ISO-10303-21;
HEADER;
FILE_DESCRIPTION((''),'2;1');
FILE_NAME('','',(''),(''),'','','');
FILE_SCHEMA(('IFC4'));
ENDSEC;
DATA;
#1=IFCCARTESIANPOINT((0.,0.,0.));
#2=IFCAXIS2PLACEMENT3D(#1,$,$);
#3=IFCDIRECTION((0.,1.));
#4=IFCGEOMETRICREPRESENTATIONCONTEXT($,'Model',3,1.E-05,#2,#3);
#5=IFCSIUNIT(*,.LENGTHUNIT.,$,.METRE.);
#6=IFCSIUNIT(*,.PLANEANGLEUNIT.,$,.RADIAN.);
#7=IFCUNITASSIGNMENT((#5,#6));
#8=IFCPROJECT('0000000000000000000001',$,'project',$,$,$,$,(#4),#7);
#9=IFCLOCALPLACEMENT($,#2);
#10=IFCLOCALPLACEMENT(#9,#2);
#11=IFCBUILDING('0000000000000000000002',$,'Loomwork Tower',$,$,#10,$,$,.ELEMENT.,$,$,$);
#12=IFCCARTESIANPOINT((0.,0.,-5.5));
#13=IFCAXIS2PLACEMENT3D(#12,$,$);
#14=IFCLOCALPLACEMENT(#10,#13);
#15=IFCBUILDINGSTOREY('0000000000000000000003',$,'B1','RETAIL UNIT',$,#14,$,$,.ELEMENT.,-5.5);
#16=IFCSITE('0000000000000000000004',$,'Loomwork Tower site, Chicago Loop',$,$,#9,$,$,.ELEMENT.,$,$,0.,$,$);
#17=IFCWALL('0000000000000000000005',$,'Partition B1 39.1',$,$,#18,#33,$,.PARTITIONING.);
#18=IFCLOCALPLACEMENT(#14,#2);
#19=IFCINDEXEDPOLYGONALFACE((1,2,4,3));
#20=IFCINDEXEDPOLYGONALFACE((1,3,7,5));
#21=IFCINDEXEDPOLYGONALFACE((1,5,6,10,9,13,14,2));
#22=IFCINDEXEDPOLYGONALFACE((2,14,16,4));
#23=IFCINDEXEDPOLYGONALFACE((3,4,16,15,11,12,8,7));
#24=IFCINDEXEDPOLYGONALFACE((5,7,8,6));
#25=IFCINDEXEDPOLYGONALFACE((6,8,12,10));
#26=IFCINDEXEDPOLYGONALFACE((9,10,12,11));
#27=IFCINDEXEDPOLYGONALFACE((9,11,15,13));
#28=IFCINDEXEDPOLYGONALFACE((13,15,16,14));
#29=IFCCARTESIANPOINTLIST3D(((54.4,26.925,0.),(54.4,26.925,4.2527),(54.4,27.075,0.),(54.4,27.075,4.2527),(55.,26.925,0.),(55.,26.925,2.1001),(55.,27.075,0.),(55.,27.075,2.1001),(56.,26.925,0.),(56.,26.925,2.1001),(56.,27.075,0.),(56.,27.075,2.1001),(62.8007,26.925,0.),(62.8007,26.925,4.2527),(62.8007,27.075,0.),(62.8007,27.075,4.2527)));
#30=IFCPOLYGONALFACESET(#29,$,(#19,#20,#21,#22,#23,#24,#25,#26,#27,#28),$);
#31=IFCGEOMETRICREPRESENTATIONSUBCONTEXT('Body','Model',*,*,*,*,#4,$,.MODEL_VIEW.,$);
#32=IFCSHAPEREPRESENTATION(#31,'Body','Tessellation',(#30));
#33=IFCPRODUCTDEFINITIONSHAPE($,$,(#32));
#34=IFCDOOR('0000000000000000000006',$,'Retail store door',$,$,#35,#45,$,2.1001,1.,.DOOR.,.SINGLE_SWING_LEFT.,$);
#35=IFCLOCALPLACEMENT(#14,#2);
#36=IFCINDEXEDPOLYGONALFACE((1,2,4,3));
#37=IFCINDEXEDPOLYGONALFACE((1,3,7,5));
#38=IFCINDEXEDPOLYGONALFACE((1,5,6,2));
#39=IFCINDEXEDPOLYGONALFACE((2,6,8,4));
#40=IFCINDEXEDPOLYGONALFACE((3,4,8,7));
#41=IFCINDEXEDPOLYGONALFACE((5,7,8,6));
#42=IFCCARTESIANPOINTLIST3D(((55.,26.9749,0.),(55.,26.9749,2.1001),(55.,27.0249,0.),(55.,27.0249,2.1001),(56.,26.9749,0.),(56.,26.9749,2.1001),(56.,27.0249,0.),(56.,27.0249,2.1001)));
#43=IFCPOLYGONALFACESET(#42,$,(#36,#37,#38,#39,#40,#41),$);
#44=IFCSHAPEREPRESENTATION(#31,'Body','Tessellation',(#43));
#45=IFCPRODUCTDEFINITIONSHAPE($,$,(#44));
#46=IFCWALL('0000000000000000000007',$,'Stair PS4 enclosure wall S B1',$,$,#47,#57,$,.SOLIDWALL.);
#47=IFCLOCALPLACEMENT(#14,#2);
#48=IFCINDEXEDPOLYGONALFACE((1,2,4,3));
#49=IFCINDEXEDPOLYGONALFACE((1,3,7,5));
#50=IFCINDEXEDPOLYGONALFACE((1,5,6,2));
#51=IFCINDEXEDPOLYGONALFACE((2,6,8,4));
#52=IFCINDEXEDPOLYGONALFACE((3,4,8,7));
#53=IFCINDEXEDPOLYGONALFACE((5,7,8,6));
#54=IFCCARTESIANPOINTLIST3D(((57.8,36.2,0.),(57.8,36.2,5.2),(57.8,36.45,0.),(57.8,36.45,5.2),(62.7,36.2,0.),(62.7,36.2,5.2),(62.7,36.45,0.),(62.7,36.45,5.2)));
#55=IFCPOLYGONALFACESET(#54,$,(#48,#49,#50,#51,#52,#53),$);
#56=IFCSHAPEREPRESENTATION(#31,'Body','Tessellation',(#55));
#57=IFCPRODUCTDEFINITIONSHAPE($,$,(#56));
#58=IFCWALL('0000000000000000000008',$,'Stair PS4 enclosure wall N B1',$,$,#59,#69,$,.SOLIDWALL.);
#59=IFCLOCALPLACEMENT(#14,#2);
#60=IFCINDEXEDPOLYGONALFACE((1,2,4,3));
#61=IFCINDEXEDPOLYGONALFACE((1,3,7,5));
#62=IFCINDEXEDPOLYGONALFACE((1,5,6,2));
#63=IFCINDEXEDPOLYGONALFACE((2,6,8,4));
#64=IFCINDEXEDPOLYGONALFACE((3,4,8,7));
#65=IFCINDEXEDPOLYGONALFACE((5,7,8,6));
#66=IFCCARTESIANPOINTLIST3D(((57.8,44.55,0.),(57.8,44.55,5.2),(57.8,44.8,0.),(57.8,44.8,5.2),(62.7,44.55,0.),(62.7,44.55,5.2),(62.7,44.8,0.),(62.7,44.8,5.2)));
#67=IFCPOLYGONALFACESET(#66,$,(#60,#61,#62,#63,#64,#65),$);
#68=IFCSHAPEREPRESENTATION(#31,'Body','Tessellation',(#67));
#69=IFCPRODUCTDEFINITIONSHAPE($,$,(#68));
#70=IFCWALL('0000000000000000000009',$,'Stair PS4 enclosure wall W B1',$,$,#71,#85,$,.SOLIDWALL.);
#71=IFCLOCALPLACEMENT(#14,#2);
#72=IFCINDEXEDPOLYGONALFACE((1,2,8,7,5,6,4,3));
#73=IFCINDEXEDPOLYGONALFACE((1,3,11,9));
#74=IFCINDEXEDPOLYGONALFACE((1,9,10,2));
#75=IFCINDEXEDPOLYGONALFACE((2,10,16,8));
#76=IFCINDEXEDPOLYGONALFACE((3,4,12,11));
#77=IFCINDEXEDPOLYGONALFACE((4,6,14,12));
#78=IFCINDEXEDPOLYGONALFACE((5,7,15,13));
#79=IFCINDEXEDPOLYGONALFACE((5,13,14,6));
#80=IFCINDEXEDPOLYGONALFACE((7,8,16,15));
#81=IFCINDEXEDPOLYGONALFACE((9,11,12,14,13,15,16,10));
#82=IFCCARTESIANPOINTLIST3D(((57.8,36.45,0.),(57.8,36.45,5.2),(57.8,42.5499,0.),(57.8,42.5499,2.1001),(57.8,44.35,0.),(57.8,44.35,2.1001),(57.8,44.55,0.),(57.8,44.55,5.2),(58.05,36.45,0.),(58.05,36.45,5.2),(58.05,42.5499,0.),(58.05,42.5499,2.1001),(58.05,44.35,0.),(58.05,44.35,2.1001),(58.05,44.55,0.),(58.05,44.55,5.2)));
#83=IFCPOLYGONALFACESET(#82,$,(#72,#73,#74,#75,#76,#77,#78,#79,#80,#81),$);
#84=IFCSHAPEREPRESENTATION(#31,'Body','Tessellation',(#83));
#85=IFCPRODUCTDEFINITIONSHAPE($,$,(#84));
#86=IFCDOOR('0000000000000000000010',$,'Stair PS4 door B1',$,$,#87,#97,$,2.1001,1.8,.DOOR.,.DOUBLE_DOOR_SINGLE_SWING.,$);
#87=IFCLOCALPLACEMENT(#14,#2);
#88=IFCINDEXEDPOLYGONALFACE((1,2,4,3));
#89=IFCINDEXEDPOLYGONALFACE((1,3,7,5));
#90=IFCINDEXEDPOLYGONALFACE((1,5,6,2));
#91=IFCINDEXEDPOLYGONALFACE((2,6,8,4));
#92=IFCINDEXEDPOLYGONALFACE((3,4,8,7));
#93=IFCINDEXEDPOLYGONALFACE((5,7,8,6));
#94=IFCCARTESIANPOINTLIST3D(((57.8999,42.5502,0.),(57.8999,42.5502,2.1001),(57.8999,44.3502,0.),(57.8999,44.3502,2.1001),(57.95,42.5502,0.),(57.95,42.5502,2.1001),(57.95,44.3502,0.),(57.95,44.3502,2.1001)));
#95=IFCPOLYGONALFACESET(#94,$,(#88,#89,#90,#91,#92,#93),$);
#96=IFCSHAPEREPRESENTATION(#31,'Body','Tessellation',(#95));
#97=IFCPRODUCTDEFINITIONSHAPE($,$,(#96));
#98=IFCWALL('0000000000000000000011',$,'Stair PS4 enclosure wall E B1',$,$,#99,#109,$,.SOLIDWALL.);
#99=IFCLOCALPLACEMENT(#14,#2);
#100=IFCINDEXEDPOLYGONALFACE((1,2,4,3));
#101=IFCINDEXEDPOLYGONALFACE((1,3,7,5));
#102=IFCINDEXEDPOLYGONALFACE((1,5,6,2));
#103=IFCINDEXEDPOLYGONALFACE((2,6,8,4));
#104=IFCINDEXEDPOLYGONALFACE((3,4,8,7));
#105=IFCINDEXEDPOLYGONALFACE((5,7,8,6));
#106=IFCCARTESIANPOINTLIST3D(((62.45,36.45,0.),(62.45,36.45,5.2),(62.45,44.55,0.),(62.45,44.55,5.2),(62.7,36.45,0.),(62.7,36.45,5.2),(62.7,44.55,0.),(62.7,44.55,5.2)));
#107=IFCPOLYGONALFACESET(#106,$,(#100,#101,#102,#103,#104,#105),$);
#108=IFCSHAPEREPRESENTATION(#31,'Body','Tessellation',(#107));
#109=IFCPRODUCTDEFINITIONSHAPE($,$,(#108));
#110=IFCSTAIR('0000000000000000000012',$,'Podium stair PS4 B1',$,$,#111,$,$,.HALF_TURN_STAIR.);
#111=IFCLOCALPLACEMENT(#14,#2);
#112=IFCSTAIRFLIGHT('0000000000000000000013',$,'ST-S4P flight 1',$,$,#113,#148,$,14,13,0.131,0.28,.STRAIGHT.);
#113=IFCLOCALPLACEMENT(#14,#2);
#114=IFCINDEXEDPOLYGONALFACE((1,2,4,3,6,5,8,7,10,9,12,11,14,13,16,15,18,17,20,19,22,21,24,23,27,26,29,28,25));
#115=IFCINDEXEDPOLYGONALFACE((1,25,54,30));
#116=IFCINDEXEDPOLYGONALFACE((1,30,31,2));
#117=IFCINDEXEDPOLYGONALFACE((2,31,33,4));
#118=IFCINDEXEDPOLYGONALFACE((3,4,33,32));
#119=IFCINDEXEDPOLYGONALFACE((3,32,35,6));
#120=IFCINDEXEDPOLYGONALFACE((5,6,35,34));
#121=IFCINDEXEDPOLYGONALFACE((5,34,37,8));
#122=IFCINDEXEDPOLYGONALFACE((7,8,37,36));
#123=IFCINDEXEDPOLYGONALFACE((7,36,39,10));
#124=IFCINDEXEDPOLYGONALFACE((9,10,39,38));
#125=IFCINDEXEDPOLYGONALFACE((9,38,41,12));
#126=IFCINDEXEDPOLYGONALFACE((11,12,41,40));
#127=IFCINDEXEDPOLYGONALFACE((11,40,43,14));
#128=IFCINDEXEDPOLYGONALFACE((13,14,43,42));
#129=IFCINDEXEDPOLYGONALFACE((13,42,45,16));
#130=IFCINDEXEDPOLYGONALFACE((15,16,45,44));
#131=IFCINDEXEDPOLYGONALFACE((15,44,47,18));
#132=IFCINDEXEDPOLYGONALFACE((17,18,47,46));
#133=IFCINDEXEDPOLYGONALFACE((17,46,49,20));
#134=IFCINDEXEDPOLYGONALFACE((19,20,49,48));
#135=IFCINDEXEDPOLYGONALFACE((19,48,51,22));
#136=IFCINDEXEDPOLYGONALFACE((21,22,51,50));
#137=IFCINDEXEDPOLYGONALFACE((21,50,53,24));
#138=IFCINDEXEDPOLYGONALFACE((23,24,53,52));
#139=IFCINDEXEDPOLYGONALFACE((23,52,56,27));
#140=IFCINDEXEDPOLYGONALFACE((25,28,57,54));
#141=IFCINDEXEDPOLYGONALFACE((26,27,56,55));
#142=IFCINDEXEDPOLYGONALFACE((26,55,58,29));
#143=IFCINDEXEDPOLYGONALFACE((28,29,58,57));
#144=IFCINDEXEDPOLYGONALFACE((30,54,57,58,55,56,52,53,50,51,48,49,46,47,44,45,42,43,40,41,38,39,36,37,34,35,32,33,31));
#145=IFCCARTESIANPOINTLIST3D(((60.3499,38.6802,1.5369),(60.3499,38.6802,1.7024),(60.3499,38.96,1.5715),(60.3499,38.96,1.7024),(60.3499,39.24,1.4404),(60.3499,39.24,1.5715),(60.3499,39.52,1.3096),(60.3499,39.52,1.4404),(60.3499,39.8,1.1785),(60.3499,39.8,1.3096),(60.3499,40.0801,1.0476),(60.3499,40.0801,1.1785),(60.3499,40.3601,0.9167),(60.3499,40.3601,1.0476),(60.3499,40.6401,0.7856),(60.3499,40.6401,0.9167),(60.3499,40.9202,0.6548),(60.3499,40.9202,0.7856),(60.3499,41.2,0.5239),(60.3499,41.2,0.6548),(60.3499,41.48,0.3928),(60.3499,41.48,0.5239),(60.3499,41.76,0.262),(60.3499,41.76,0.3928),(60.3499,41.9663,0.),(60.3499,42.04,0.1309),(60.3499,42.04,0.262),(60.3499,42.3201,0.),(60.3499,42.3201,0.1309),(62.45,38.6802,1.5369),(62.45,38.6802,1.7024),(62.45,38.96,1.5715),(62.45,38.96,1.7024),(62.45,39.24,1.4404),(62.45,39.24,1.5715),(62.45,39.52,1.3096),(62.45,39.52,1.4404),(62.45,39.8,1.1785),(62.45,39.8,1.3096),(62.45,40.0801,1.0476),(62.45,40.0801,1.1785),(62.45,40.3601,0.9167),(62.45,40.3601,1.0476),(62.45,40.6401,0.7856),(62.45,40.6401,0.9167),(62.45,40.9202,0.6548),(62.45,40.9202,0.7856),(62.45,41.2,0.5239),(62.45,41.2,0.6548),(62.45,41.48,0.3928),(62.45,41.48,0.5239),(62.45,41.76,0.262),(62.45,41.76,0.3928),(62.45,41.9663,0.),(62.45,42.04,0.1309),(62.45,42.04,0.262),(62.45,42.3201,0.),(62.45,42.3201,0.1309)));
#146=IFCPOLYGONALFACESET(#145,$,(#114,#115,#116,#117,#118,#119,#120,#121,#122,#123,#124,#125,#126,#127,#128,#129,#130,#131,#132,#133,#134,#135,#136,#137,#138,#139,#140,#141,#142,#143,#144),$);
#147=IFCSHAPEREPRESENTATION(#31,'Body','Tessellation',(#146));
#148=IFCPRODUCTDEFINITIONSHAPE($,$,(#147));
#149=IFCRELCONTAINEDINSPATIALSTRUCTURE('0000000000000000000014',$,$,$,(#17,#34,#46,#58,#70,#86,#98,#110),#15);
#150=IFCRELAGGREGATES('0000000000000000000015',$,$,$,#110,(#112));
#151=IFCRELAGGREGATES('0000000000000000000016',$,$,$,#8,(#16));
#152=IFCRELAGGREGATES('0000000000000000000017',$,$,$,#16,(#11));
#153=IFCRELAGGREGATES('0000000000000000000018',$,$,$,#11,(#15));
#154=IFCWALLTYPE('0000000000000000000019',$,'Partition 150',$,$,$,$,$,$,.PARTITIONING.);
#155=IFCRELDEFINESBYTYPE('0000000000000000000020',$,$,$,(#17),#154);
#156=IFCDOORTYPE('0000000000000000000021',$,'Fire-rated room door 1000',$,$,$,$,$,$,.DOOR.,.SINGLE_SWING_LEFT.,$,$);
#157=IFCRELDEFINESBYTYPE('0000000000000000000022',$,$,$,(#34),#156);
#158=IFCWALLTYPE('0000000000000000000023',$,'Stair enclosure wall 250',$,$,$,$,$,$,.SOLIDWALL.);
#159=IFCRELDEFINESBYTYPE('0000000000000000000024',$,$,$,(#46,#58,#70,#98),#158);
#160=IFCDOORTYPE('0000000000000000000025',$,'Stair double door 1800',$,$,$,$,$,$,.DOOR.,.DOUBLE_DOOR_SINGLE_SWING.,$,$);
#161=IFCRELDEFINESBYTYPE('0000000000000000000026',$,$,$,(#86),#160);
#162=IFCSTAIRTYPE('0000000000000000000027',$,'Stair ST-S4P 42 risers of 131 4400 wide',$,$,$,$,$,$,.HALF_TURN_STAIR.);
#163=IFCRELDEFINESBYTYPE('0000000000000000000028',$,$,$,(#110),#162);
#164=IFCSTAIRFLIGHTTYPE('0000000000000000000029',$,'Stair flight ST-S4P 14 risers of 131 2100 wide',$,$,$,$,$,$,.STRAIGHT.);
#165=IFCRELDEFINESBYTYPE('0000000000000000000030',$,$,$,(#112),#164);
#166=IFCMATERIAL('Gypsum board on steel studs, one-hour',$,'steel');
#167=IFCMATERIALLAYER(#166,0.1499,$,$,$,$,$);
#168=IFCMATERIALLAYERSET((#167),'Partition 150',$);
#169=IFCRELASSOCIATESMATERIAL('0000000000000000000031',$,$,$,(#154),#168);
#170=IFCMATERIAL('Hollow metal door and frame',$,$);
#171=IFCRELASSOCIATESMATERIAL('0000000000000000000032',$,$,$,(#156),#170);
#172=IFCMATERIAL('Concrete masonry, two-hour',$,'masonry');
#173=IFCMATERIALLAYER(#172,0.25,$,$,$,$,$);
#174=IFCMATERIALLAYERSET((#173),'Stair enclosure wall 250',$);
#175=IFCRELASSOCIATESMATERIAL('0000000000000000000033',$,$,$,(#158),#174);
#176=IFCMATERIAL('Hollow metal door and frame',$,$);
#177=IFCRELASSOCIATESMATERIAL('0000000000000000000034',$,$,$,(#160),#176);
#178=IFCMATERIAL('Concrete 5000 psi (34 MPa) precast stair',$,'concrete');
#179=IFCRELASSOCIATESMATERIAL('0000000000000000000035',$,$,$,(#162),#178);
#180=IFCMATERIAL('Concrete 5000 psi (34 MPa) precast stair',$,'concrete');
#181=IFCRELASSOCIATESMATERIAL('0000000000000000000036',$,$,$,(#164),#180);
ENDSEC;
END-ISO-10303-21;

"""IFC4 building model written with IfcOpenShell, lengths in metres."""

from ifc_helpers import new_model, si_unit, direction, frame, frame_2d, origin, place, context, subcontext, project, spatial, polyline, rectangle, outline, extrude, material, layer, layer_set, type_object, element, fill, aggregate, save


model = new_model("IFC4")

# Units and contexts
model_context = context("Model", 3, precision=1e-05, world=origin(), true_north=direction((0.0, 1.0)))
body_context = subcontext(model_context, "Body", "Model", "MODEL_VIEW")
ifc_project = project(units=[si_unit("LENGTHUNIT", "METRE"), si_unit("PLANEANGLEUNIT", "RADIAN")], contexts=[model_context])

# Site, building, storey
site_placement = place(None, origin())
site = spatial("IfcSite", under=ifc_project, at=site_placement, Name="Loomwork Tower site, Chicago Loop", CompositionType="ELEMENT", RefElevation=0.0)
building_placement = place(site_placement, origin())
building = spatial("IfcBuilding", under=site, at=building_placement, Name="Loomwork Tower", CompositionType="ELEMENT")
storey_placement = place(building_placement, frame((0.0, 0.0, -5.5)))
storey = spatial("IfcBuildingStorey", under=building, at=storey_placement, Name="B1", Description="RETAIL UNIT", CompositionType="ELEMENT", Elevation=-5.5)

# Wall, opening, door
ifc_material_1 = material(Name="Gypsum board on steel studs, one-hour", Category="steel")
ifc_layer_1 = layer(ifc_material_1, 0.1499)
ifc_layer_set_1 = layer_set([ifc_layer_1], Name="Partition 150")
wall_type_1 = type_object("IfcWallType", Name="Partition 150", PredefinedType="PARTITIONING", material=ifc_layer_set_1)
wall_1_placement = place(storey_placement, frame((62.8005, 27.0, 0.0), z_axis=(0.0, 0.0, 1.0), x_axis=(-1.0, 0.0, 0.0)))
wall_1 = element("IfcWall", 1, at=wall_1_placement, inside=storey, type_object=wall_type_1, Name="Partition B1 39.1", PredefinedType="PARTITIONING", context=body_context, shape_type="SweptSolid", body=[
    extrude(rectangle(XDim=8.4006, YDim=0.1499, at=frame_2d((4.2002, 0.0))), origin(), (0.0, 0.0, 1.0), 4.2527),
])
opening_1_placement = place(wall_1_placement, frame((6.8005, 0.0, 0.0)))
opening_1 = element("IfcOpeningElement", 2, at=opening_1_placement, cuts=wall_1, PredefinedType="OPENING", context=body_context, shape_type="SweptSolid", body=[
    extrude(rectangle(XDim=1.0, YDim=2.1001, at=frame_2d((0.5, 1.05))), frame((0.0, 0.085, 0.0), z_axis=(0.0, -1.0, 0.0), x_axis=(1.0, 0.0, 0.0)), (0.0, 0.0, 1.0), 0.1699),
])
ifc_material_2 = material(Name="Hollow metal door and frame")
door_type_1 = type_object("IfcDoorType", Name="Fire-rated room door 1000", OperationType="SINGLE_SWING_LEFT", PredefinedType="DOOR", material=ifc_material_2)
door_1_placement = place(opening_1_placement, frame((1.0, 0.0, 0.0), z_axis=(0.0, 0.0, 1.0), x_axis=(-1.0, 0.0, 0.0)))
door_1 = element("IfcDoor", 3, at=door_1_placement, inside=storey, type_object=door_type_1, Name="Retail store door", OperationType="SINGLE_SWING_LEFT", OverallHeight=2.1001, OverallWidth=1.0, PredefinedType="DOOR", context=body_context, shape_type="SweptSolid", body=[
    extrude(rectangle(XDim=1.0, YDim=2.1001, at=frame_2d((0.5, 1.05))), frame((0.0, 0.0249, 0.0), z_axis=(0.0, -1.0, 0.0), x_axis=(1.0, 0.0, 0.0)), (0.0, 0.0, 1.0), 0.05),
])
fill(opening_1, door_1)

# Walls
ifc_material_3 = material(Name="Concrete masonry, two-hour", Category="masonry")
ifc_layer_2 = layer(ifc_material_3, 0.25)
ifc_layer_set_2 = layer_set([ifc_layer_2], Name="Stair enclosure wall 250")
wall_type_2 = type_object("IfcWallType", Name="Stair enclosure wall 250", PredefinedType="SOLIDWALL", material=ifc_layer_set_2)
for number, where, z_axis, x_axis, name in (
    (4, (57.8, 36.325, 0.0), (0.0, 0.0, 1.0), (1.0, 0.0, 0.0), "Stair PS4 enclosure wall S B1"),
    (5, (57.8, 44.675, 0.0), (0.0, 0.0, 1.0), (1.0, 0.0, 0.0), "Stair PS4 enclosure wall N B1"),
):
    element("IfcWall", number, at=place(storey_placement, frame(where, z_axis=z_axis, x_axis=x_axis)), inside=storey, type_object=wall_type_2, Name=name, PredefinedType="SOLIDWALL", context=body_context, shape_type="SweptSolid", body=[
        extrude(rectangle(XDim=4.8999, YDim=0.25, at=frame_2d((2.45, 0.0))), origin(), (0.0, 0.0, 1.0), 5.2),
    ])

# Wall, opening, door
wall_2_placement = place(storey_placement, frame((57.925, 36.45, 0.0), z_axis=(0.0, 0.0, 1.0), x_axis=(0.0, 1.0, 0.0)))
wall_2 = element("IfcWall", 6, at=wall_2_placement, inside=storey, type_object=wall_type_2, Name="Stair PS4 enclosure wall W B1", PredefinedType="SOLIDWALL", context=body_context, shape_type="SweptSolid", body=[
    extrude(rectangle(XDim=8.1001, YDim=0.25, at=frame_2d((4.05, 0.0))), origin(), (0.0, 0.0, 1.0), 5.2),
])
opening_2_placement = place(wall_2_placement, frame((6.1001, 0.0, 0.0)))
opening_2 = element("IfcOpeningElement", 7, at=opening_2_placement, cuts=wall_2, PredefinedType="OPENING", context=body_context, shape_type="SweptSolid", body=[
    extrude(rectangle(XDim=1.8, YDim=2.1001, at=frame_2d((0.8999, 1.05))), frame((0.0, 0.135, 0.0), z_axis=(0.0, -1.0, 0.0), x_axis=(1.0, 0.0, 0.0)), (0.0, 0.0, 1.0), 0.27),
])
ifc_material_4 = material(Name="Hollow metal door and frame")
door_type_2 = type_object("IfcDoorType", Name="Stair double door 1800", OperationType="DOUBLE_DOOR_SINGLE_SWING", PredefinedType="DOOR", material=ifc_material_4)
door_2_placement = place(opening_2_placement, frame((1.8, 0.0, 0.0), z_axis=(0.0, 0.0, 1.0), x_axis=(-1.0, 0.0, 0.0)))
door_2 = element("IfcDoor", 8, at=door_2_placement, inside=storey, type_object=door_type_2, Name="Stair PS4 door B1", OperationType="DOUBLE_DOOR_SINGLE_SWING", OverallHeight=2.1001, OverallWidth=1.8, PredefinedType="DOOR", context=body_context, shape_type="SweptSolid", body=[
    extrude(rectangle(XDim=1.8, YDim=2.1001, at=frame_2d((0.8999, 1.05))), frame((0.0, 0.0249, 0.0), z_axis=(0.0, -1.0, 0.0), x_axis=(1.0, 0.0, 0.0)), (0.0, 0.0, 1.0), 0.05),
])
fill(opening_2, door_2)

# Wall
wall_3_placement = place(storey_placement, frame((62.575, 36.45, 0.0), z_axis=(0.0, 0.0, 1.0), x_axis=(0.0, 1.0, 0.0)))
element("IfcWall", 9, at=wall_3_placement, inside=storey, type_object=wall_type_2, Name="Stair PS4 enclosure wall E B1", PredefinedType="SOLIDWALL", context=body_context, shape_type="SweptSolid", body=[
    extrude(rectangle(XDim=8.1001, YDim=0.25, at=frame_2d((4.05, 0.0))), origin(), (0.0, 0.0, 1.0), 5.2),
])

# Stair, stair flight
ifc_material_5 = material(Name="Concrete 5000 psi (34 MPa) precast stair", Category="concrete")
stair_type = type_object("IfcStairType", Name="Stair ST-S4P 42 risers of 131 4400 wide", PredefinedType="HALF_TURN_STAIR", material=ifc_material_5)
stair_placement = place(storey_placement, origin())
stair = element("IfcStair", 10, at=stair_placement, inside=storey, type_object=stair_type, Name="Podium stair PS4 B1", PredefinedType="HALF_TURN_STAIR")
ifc_material_6 = material(Name="Concrete 5000 psi (34 MPa) precast stair", Category="concrete")
stair_flight_type = type_object("IfcStairFlightType", Name="Stair flight ST-S4P 14 risers of 131 2100 wide", PredefinedType="STRAIGHT", material=ifc_material_6)
stair_flight_1_placement = place(storey_placement, frame((61.3999, 42.3201, 0.0), z_axis=(0.0, 0.0, 1.0), x_axis=(0.0, -1.0, 0.0)))
stair_flight_1 = element("IfcStairFlight", 11, at=stair_flight_1_placement, type_object=stair_flight_type, Name="ST-S4P flight 1", NumberOfRisers=14, NumberOfTreads=13, PredefinedType="STRAIGHT", RiserHeight=0.131, TreadLength=0.28, context=body_context, shape_type="SweptSolid", body=[
    extrude(outline(polyline([(0.0, 0.0), (0.0, 0.1309), (0.28, 0.1309), (0.28, 0.262), (0.5601, 0.262), (0.5601, 0.3928), (0.8401, 0.3928), (0.8401, 0.5239), (1.1201, 0.5239), (1.1201, 0.6548), (1.3999, 0.6548), (1.3999, 0.7856), (1.6799, 0.7856), (1.6799, 0.9167), (1.96, 0.9167), (1.96, 1.0476), (2.24, 1.0476), (2.24, 1.1785), (2.52, 1.1785), (2.52, 1.3096), (2.8, 1.3096), (2.8, 1.4404), (3.0801, 1.4404), (3.0801, 1.5715), (3.3601, 1.5715), (3.3601, 1.7024), (3.6399, 1.7024), (3.6399, 1.8333), (3.6399, 1.5369), (0.3538, 0.0), (0.0, 0.0)])), frame((0.0, 1.05, 0.0), z_axis=(0.0, -1.0, 0.0), x_axis=(1.0, 0.0, 0.0)), (0.0, 0.0, 1.0), 2.1001),
])
aggregate(stair, [stair_flight_1])

save(model, "model.ifc")
